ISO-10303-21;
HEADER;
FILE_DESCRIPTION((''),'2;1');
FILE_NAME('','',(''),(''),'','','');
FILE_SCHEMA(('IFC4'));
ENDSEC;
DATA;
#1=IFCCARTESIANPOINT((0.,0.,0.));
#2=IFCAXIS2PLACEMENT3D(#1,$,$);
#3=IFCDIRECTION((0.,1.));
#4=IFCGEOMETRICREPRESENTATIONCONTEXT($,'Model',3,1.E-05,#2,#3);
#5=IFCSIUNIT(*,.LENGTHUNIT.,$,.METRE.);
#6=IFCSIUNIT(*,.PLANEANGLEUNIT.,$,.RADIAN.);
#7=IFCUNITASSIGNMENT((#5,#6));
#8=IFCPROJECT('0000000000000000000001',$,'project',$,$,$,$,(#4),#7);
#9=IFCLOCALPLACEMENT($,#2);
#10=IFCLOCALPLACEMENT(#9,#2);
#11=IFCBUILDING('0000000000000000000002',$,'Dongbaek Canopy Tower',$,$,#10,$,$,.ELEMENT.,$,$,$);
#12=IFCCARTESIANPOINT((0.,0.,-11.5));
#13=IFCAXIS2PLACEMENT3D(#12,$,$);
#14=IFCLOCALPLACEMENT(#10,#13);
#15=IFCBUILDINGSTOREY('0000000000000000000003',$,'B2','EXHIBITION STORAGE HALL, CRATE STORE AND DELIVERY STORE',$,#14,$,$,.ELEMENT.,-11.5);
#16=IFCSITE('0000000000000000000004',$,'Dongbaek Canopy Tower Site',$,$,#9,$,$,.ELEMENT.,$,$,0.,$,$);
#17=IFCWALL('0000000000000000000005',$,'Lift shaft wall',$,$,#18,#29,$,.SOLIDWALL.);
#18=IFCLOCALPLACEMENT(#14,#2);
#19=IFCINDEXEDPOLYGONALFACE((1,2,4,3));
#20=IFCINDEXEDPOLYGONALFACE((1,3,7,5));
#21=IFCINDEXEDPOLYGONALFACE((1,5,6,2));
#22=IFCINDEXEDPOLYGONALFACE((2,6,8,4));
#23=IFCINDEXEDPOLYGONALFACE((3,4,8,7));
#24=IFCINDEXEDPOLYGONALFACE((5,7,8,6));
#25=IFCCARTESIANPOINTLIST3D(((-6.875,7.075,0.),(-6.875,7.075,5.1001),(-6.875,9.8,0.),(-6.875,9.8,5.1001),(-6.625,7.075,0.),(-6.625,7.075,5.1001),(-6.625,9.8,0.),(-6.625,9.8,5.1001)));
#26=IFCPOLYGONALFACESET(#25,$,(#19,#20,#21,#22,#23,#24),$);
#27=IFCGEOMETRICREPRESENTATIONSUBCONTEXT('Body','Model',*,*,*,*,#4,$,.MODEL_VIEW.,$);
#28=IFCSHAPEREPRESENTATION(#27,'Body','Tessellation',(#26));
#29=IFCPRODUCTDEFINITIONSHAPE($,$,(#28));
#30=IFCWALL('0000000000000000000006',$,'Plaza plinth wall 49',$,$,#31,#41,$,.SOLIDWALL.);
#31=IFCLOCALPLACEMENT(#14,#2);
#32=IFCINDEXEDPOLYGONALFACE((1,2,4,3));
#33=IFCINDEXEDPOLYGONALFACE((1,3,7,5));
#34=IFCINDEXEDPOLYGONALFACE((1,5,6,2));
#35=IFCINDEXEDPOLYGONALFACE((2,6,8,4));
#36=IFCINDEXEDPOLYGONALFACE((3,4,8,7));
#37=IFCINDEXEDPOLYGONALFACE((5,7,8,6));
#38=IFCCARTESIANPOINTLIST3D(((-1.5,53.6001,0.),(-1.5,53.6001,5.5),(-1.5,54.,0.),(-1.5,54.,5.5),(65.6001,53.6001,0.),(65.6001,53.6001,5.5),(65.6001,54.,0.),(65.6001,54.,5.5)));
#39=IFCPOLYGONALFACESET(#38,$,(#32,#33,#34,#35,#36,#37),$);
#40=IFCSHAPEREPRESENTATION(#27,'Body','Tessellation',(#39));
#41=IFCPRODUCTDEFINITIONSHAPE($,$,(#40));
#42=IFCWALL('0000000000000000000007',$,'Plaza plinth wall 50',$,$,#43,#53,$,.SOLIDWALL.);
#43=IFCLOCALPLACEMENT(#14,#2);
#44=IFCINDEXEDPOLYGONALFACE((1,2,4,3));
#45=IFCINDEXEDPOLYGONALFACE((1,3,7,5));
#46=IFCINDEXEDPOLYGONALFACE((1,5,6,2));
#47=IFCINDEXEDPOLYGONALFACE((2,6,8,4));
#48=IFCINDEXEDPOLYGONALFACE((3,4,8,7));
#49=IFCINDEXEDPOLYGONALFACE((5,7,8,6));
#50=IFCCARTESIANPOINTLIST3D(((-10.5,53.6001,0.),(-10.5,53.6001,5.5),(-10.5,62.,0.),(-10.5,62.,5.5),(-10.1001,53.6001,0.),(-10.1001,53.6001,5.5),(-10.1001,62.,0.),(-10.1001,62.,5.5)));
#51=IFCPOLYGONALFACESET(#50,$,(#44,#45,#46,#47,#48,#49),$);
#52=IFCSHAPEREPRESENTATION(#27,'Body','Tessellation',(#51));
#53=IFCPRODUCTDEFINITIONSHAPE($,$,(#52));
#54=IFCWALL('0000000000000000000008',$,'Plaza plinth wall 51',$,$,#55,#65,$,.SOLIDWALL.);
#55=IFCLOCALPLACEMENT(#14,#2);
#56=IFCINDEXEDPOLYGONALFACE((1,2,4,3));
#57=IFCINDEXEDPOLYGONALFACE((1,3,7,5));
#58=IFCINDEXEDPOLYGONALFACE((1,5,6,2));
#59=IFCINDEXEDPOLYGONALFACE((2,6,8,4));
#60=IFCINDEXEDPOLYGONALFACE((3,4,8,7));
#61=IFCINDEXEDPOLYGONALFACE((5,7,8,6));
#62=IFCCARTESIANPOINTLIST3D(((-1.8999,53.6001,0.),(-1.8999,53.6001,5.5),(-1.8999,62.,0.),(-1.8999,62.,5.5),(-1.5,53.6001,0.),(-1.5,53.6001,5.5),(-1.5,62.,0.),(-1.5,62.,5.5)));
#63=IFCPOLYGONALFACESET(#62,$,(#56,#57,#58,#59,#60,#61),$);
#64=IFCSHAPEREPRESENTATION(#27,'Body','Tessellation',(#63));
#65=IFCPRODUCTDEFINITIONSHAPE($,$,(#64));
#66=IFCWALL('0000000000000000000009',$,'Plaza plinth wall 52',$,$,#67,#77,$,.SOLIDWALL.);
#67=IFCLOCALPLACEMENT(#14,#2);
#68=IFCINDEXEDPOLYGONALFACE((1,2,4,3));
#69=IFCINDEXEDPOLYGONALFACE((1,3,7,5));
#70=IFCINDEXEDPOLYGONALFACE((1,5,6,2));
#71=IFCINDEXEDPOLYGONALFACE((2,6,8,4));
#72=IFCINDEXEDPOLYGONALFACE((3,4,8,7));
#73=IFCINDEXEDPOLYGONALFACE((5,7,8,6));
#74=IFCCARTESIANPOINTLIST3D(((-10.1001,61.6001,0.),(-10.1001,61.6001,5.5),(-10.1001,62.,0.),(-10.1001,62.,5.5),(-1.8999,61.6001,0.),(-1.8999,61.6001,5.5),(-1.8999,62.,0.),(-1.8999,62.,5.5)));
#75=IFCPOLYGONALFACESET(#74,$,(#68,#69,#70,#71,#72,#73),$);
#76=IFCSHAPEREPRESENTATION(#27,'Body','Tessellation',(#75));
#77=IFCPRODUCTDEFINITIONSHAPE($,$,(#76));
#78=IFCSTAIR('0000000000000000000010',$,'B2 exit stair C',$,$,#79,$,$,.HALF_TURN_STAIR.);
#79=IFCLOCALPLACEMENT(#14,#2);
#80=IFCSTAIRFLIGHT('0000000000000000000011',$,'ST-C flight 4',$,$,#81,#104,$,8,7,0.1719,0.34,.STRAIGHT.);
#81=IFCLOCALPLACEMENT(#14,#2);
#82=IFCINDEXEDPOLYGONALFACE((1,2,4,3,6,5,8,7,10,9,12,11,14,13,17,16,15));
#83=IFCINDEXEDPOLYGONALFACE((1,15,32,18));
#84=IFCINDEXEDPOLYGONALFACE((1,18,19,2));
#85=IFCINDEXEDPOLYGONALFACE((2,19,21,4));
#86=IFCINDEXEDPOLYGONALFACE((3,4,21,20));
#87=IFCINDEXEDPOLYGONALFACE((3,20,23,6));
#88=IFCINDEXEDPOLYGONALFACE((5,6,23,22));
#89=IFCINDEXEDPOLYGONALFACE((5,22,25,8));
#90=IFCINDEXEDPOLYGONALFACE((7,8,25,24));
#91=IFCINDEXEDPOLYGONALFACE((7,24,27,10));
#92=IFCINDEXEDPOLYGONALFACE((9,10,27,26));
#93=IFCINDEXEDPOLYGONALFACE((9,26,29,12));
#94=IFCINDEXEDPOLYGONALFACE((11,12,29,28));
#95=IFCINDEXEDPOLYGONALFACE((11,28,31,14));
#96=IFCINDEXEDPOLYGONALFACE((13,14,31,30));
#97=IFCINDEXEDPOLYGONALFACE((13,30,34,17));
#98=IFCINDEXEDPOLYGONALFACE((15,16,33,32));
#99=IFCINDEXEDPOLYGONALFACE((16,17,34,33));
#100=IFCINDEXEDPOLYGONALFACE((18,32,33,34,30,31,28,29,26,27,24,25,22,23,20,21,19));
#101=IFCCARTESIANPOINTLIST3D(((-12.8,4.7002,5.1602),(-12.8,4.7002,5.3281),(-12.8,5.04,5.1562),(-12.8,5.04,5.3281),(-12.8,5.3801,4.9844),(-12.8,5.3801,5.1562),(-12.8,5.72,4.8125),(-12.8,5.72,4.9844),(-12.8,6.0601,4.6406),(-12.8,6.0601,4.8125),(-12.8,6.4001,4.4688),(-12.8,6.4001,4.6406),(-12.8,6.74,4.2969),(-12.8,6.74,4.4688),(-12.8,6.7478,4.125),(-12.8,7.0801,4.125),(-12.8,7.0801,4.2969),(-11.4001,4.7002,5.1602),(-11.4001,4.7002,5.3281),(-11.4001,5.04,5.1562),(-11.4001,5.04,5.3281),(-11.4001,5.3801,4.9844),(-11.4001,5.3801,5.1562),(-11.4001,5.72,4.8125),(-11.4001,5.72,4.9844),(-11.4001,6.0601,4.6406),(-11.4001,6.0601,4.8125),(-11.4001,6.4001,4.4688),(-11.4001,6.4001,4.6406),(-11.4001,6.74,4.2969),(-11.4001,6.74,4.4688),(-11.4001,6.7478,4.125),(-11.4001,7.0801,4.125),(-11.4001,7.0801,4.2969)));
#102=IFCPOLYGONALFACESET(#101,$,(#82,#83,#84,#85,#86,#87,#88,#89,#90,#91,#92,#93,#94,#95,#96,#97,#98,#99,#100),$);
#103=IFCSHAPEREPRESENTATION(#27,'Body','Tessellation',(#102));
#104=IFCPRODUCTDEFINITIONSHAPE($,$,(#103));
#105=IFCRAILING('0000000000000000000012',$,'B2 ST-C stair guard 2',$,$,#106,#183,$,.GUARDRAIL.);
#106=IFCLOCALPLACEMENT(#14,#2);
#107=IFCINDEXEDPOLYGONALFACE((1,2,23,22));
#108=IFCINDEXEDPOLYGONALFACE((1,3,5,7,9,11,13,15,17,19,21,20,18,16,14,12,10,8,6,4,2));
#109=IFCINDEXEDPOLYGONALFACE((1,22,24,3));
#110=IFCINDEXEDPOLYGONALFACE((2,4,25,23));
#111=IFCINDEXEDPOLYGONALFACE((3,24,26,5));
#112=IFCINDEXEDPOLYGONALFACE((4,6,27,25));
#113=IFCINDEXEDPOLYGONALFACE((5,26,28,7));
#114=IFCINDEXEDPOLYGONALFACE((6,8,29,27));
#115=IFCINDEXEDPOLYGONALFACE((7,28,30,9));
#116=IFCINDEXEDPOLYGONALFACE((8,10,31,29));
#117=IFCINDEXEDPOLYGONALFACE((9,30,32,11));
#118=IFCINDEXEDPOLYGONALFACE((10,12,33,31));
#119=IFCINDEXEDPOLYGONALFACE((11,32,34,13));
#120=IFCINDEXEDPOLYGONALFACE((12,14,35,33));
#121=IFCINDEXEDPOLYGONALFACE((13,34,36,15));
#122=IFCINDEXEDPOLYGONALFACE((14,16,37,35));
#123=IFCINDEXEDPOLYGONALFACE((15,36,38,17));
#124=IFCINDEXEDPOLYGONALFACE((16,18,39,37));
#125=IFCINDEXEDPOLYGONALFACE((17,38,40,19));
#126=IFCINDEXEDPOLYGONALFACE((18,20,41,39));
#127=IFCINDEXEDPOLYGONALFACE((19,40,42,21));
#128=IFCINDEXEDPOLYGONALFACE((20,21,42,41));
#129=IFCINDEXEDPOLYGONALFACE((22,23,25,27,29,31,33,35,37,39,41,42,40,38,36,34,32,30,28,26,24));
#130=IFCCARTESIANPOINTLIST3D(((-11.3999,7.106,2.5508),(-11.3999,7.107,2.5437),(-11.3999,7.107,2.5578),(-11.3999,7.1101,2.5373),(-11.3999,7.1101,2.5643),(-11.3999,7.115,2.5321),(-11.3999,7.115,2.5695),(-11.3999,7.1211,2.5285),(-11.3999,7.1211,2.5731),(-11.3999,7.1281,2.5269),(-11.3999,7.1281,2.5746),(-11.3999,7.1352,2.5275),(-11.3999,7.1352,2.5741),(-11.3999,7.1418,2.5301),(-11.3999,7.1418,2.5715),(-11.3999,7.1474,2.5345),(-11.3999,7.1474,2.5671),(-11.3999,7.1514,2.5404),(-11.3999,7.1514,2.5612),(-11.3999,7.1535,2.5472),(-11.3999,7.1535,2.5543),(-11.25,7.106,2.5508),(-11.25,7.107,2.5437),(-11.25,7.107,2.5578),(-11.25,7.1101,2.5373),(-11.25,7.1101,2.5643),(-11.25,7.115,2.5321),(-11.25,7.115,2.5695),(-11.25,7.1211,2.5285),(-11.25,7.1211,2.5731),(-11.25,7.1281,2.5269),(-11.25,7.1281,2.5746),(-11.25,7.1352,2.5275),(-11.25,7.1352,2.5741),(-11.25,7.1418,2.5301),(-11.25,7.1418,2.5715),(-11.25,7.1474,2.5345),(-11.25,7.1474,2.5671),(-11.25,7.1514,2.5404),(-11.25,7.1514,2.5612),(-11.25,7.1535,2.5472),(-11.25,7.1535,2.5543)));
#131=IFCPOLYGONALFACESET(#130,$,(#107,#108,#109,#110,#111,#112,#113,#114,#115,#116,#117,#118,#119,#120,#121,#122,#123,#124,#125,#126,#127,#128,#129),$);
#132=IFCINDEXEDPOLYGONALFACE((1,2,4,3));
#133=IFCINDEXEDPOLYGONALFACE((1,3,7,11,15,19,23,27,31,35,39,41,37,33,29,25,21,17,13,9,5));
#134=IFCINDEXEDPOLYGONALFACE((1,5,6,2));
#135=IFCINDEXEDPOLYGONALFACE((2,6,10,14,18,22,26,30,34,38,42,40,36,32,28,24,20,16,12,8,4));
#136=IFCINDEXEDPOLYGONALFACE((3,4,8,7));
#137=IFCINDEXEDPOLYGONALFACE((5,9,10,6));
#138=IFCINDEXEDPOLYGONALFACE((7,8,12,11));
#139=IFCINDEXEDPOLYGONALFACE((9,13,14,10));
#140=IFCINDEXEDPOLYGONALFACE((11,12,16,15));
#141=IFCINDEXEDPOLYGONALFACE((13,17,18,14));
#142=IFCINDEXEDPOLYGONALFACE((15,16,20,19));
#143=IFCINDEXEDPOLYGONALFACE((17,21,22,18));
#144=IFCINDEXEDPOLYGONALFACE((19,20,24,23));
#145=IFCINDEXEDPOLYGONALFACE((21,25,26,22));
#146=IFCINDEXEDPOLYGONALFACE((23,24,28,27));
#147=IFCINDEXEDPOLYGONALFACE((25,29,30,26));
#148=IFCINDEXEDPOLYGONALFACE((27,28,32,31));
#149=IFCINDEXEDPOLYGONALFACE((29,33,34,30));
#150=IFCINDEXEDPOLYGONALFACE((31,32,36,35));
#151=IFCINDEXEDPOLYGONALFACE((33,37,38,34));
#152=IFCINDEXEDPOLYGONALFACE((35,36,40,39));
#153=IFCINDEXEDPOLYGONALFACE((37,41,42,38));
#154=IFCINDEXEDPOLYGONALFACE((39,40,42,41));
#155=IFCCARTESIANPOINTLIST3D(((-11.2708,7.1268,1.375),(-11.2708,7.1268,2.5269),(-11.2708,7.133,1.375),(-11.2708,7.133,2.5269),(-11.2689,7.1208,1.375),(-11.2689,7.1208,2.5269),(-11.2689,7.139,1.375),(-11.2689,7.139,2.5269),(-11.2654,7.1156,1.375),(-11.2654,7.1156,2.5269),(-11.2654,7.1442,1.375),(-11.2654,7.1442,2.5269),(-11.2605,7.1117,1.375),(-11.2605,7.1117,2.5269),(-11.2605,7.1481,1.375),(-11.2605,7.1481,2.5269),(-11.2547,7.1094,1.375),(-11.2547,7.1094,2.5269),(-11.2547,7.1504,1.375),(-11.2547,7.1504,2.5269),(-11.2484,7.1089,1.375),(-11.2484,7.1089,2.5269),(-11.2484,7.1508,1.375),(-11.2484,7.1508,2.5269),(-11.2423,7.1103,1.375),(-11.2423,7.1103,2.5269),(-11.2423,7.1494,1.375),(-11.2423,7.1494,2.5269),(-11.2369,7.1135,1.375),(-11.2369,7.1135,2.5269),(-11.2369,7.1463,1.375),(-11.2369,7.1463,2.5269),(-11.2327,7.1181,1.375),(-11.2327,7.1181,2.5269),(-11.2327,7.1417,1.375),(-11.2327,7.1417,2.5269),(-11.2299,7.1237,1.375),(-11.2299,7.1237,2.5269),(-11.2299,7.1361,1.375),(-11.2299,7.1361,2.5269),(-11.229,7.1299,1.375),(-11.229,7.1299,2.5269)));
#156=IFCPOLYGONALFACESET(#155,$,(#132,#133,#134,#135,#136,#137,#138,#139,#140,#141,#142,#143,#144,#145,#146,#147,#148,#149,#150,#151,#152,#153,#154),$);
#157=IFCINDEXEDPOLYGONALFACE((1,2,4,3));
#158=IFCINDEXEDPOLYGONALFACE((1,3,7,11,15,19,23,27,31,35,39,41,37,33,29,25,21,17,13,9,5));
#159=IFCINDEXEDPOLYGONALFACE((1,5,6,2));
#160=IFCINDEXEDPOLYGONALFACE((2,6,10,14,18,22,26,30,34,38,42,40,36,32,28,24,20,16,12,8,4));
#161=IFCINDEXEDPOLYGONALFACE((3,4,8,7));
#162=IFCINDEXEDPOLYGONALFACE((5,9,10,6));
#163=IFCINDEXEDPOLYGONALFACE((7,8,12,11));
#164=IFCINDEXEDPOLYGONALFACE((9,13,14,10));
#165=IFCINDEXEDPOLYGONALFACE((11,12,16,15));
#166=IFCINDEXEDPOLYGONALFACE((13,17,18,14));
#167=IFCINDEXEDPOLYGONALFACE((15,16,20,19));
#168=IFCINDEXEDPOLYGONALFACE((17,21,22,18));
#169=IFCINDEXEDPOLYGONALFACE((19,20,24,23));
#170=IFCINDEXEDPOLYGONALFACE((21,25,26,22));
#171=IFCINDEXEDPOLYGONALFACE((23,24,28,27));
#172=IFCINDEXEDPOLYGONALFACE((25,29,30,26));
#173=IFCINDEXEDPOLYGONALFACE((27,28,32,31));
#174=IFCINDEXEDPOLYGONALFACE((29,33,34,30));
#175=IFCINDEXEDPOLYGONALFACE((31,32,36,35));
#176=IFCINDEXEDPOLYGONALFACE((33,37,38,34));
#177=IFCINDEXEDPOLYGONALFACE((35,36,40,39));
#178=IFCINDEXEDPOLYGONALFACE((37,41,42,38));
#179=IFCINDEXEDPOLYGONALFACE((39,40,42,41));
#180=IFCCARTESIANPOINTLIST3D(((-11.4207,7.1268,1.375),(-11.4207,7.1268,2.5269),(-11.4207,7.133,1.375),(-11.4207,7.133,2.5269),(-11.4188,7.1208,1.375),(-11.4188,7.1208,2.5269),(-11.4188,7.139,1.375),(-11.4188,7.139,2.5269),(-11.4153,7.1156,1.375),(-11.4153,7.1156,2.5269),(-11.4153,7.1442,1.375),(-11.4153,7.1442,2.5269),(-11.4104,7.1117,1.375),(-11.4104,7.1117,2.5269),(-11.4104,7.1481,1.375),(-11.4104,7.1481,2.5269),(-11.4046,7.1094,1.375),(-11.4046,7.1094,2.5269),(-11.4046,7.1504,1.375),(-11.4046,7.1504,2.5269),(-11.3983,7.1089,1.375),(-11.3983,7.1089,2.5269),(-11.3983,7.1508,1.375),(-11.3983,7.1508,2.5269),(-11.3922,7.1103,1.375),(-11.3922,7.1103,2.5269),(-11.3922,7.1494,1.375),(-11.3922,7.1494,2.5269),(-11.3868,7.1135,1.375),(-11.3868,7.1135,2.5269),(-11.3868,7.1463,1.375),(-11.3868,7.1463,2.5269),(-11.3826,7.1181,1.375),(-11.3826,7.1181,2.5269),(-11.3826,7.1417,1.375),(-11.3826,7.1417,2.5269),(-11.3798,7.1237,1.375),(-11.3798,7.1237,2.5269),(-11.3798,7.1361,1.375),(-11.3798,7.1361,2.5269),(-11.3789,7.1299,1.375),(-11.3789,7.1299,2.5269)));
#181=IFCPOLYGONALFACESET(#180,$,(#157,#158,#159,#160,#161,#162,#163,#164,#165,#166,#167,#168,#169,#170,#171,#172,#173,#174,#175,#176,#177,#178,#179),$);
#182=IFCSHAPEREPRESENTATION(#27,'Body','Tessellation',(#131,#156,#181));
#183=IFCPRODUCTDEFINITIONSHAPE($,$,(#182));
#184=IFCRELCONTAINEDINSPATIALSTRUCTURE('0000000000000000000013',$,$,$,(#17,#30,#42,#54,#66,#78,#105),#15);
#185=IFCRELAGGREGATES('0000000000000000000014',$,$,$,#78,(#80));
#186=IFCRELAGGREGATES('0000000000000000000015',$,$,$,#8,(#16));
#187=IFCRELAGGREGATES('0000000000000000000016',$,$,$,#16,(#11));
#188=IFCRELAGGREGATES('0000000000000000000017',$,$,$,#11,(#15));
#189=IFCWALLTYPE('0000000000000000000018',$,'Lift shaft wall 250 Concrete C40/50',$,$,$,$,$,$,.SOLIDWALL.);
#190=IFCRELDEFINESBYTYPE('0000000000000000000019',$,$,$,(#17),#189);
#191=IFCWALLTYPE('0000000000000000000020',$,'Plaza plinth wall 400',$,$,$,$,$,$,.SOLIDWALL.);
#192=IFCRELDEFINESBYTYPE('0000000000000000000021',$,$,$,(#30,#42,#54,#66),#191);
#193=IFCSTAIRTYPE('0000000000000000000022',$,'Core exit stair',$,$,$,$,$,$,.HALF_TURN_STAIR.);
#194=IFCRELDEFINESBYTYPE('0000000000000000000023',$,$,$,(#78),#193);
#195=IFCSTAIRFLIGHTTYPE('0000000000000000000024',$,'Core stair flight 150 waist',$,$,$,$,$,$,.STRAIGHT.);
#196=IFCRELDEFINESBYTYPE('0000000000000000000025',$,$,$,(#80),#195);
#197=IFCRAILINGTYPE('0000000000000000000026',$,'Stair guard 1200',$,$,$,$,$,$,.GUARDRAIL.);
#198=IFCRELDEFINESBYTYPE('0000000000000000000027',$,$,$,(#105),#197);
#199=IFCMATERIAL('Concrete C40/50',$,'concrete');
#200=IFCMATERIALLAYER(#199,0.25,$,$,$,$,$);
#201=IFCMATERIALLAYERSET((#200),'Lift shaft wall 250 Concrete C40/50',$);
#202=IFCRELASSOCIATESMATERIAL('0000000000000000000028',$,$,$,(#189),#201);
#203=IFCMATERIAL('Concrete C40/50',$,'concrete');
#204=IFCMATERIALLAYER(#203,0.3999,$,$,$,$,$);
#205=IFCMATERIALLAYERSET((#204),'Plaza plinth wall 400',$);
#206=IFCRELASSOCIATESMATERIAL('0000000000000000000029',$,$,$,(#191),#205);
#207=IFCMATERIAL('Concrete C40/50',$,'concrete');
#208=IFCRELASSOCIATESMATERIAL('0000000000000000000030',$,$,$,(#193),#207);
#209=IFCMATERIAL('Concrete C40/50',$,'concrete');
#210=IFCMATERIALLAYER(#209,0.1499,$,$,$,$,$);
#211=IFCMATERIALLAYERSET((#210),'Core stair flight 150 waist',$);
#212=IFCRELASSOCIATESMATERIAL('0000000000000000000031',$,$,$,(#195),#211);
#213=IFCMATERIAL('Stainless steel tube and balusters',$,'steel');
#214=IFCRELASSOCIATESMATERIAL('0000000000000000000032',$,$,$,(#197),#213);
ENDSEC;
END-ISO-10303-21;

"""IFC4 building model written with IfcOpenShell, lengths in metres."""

from ifc_helpers import new_model, si_unit, direction, frame, frame_2d, origin, origin_2d, place, context, subcontext, project, spatial, polyline, rectangle, circle, outline, extrude, material, layer, layer_set, type_object, element, aggregate, save


model = new_model("IFC4")

# Units and contexts
model_context = context("Model", 3, precision=1e-05, world=origin(), true_north=direction((0.0, 1.0)))
body_context = subcontext(model_context, "Body", "Model", "MODEL_VIEW")
ifc_project = project(units=[si_unit("LENGTHUNIT", "METRE"), si_unit("PLANEANGLEUNIT", "RADIAN")], contexts=[model_context])

# Site, building, storey
site_placement = place(None, origin())
site = spatial("IfcSite", under=ifc_project, at=site_placement, Name="Dongbaek Canopy Tower Site", CompositionType="ELEMENT", RefElevation=0.0)
building_placement = place(site_placement, origin())
building = spatial("IfcBuilding", under=site, at=building_placement, Name="Dongbaek Canopy Tower", CompositionType="ELEMENT")
storey_placement = place(building_placement, frame((0.0, 0.0, -11.5)))
storey = spatial("IfcBuildingStorey", under=building, at=storey_placement, Name="B2", Description="EXHIBITION STORAGE HALL, CRATE STORE AND DELIVERY STORE", CompositionType="ELEMENT", Elevation=-11.5)

# Walls
ifc_material_1 = material(Name="Concrete C40/50", Category="concrete")
ifc_layer_1 = layer(ifc_material_1, 0.25)
ifc_layer_set_1 = layer_set([ifc_layer_1], Name="Lift shaft wall 250 Concrete C40/50")
wall_type_1 = type_object("IfcWallType", Name="Lift shaft wall 250 Concrete C40/50", PredefinedType="SOLIDWALL", material=ifc_layer_set_1)
for number, where, z_axis, x_axis, name in (
    (1, (-6.75, 7.075, 0.0), (0.0, 0.0, 1.0), (0.0, 1.0, 0.0), "Lift shaft wall"),
):
    element("IfcWall", number, at=place(storey_placement, frame(where, z_axis=z_axis, x_axis=x_axis)), inside=storey, type_object=wall_type_1, Name=name, PredefinedType="SOLIDWALL", context=body_context, shape_type="SweptSolid", body=[
        extrude(rectangle(XDim=2.7251, YDim=0.25, at=frame_2d((1.3625, 0.0))), origin(), (0.0, 0.0, 1.0), 5.1001),
    ])
ifc_material_2 = material(Name="Concrete C40/50", Category="concrete")
ifc_layer_2 = layer(ifc_material_2, 0.3999)
ifc_layer_set_2 = layer_set([ifc_layer_2], Name="Plaza plinth wall 400")
wall_type_2 = type_object("IfcWallType", Name="Plaza plinth wall 400", PredefinedType="SOLIDWALL", material=ifc_layer_set_2)
wall_1_placement = place(storey_placement, frame((-1.5, 53.8, 0.0), z_axis=(0.0, 0.0, 1.0), x_axis=(1.0, 0.0, 0.0)))
element("IfcWall", 2, at=wall_1_placement, inside=storey, type_object=wall_type_2, Name="Plaza plinth wall 49", PredefinedType="SOLIDWALL", context=body_context, shape_type="SweptSolid", body=[
    extrude(rectangle(XDim=67.1001, YDim=0.3999, at=frame_2d((33.55, 0.0))), origin(), (0.0, 0.0, 1.0), 5.5),
])
for number, where, z_axis, x_axis, name in (
    (3, (-10.3, 53.6001, 0.0), (0.0, 0.0, 1.0), (0.0, 1.0, 0.0), "Plaza plinth wall 50"),
    (4, (-1.7, 53.6001, 0.0), (0.0, 0.0, 1.0), (0.0, 1.0, 0.0), "Plaza plinth wall 51"),
):
    element("IfcWall", number, at=place(storey_placement, frame(where, z_axis=z_axis, x_axis=x_axis)), inside=storey, type_object=wall_type_2, Name=name, PredefinedType="SOLIDWALL", context=body_context, shape_type="SweptSolid", body=[
        extrude(rectangle(XDim=8.3999, YDim=0.3999, at=frame_2d((4.2, 0.0))), origin(), (0.0, 0.0, 1.0), 5.5),
    ])
wall_2_placement = place(storey_placement, frame((-10.1001, 61.8, 0.0), z_axis=(0.0, 0.0, 1.0), x_axis=(1.0, 0.0, 0.0)))
element("IfcWall", 5, at=wall_2_placement, inside=storey, type_object=wall_type_2, Name="Plaza plinth wall 52", PredefinedType="SOLIDWALL", context=body_context, shape_type="SweptSolid", body=[
    extrude(rectangle(XDim=8.2002, YDim=0.3999, at=frame_2d((4.1001, 0.0))), origin(), (0.0, 0.0, 1.0), 5.5),
])

# Stair, stair flight
ifc_material_3 = material(Name="Concrete C40/50", Category="concrete")
stair_type = type_object("IfcStairType", Name="Core exit stair", PredefinedType="HALF_TURN_STAIR", material=ifc_material_3)
stair_placement = place(storey_placement, origin())
stair = element("IfcStair", 6, at=stair_placement, inside=storey, type_object=stair_type, Name="B2 exit stair C", PredefinedType="HALF_TURN_STAIR")
ifc_material_4 = material(Name="Concrete C40/50", Category="concrete")
ifc_layer_3 = layer(ifc_material_4, 0.1499)
ifc_layer_set_3 = layer_set([ifc_layer_3], Name="Core stair flight 150 waist")
stair_flight_type = type_object("IfcStairFlightType", Name="Core stair flight 150 waist", PredefinedType="STRAIGHT", material=ifc_layer_set_3)
stair_flight_placement = place(storey_placement, frame((-12.1001, 7.0801, 4.125), z_axis=(0.0, 0.0, 1.0), x_axis=(0.0, -1.0, 0.0)))
stair_flight = element("IfcStairFlight", 7, at=stair_flight_placement, type_object=stair_flight_type, Name="ST-C flight 4", NumberOfRisers=8, NumberOfTreads=7, PredefinedType="STRAIGHT", RiserHeight=0.1719, TreadLength=0.34, context=body_context, shape_type="SweptSolid", body=[
    extrude(outline(polyline([(0.0, 0.0), (0.0, 0.1719), (0.3401, 0.1719), (0.3401, 0.3438), (0.6799, 0.3438), (0.6799, 0.5156), (1.02, 0.5156), (1.02, 0.6875), (1.3601, 0.6875), (1.3601, 0.8594), (1.7, 0.8594), (1.7, 1.0312), (2.04, 1.0312), (2.04, 1.2031), (2.3799, 1.2031), (2.3799, 1.375), (2.3799, 1.0352), (0.3323, 0.0), (0.0, 0.0)])), frame((0.0, 0.7, 0.0), z_axis=(0.0, -1.0, 0.0), x_axis=(1.0, 0.0, 0.0)), (0.0, 0.0, 1.0), 1.3999),
])
aggregate(stair, [stair_flight])

# Railing
ifc_material_5 = material(Name="Stainless steel tube and balusters", Category="steel")
railing_type = type_object("IfcRailingType", Name="Stair guard 1200", PredefinedType="GUARDRAIL", material=ifc_material_5)
railing_1_placement = place(storey_placement, frame((-11.25, 7.1299, 1.375)))
element("IfcRailing", 8, at=railing_1_placement, inside=storey, type_object=railing_type, Name="B2 ST-C stair guard 2", PredefinedType="GUARDRAIL", context=body_context, shape_type="SweptSolid", body=[
    extrude(circle(Radius=0.0239, at=origin_2d()), frame((0.0, 0.0, 1.1758), z_axis=(-1.0, 0.0, 0.0), x_axis=(0.0, -1.0, 0.0)), (0.0, 0.0, 1.0), 0.1499),
    extrude(circle(Radius=0.021, at=origin_2d()), origin(), (0.0, 0.0, 1.0), 1.1519),
    extrude(circle(Radius=0.021, at=origin_2d()), frame((-0.1499, 0.0, 0.0)), (0.0, 0.0, 1.0), 1.1519),
])

save(model, "model.ifc")
